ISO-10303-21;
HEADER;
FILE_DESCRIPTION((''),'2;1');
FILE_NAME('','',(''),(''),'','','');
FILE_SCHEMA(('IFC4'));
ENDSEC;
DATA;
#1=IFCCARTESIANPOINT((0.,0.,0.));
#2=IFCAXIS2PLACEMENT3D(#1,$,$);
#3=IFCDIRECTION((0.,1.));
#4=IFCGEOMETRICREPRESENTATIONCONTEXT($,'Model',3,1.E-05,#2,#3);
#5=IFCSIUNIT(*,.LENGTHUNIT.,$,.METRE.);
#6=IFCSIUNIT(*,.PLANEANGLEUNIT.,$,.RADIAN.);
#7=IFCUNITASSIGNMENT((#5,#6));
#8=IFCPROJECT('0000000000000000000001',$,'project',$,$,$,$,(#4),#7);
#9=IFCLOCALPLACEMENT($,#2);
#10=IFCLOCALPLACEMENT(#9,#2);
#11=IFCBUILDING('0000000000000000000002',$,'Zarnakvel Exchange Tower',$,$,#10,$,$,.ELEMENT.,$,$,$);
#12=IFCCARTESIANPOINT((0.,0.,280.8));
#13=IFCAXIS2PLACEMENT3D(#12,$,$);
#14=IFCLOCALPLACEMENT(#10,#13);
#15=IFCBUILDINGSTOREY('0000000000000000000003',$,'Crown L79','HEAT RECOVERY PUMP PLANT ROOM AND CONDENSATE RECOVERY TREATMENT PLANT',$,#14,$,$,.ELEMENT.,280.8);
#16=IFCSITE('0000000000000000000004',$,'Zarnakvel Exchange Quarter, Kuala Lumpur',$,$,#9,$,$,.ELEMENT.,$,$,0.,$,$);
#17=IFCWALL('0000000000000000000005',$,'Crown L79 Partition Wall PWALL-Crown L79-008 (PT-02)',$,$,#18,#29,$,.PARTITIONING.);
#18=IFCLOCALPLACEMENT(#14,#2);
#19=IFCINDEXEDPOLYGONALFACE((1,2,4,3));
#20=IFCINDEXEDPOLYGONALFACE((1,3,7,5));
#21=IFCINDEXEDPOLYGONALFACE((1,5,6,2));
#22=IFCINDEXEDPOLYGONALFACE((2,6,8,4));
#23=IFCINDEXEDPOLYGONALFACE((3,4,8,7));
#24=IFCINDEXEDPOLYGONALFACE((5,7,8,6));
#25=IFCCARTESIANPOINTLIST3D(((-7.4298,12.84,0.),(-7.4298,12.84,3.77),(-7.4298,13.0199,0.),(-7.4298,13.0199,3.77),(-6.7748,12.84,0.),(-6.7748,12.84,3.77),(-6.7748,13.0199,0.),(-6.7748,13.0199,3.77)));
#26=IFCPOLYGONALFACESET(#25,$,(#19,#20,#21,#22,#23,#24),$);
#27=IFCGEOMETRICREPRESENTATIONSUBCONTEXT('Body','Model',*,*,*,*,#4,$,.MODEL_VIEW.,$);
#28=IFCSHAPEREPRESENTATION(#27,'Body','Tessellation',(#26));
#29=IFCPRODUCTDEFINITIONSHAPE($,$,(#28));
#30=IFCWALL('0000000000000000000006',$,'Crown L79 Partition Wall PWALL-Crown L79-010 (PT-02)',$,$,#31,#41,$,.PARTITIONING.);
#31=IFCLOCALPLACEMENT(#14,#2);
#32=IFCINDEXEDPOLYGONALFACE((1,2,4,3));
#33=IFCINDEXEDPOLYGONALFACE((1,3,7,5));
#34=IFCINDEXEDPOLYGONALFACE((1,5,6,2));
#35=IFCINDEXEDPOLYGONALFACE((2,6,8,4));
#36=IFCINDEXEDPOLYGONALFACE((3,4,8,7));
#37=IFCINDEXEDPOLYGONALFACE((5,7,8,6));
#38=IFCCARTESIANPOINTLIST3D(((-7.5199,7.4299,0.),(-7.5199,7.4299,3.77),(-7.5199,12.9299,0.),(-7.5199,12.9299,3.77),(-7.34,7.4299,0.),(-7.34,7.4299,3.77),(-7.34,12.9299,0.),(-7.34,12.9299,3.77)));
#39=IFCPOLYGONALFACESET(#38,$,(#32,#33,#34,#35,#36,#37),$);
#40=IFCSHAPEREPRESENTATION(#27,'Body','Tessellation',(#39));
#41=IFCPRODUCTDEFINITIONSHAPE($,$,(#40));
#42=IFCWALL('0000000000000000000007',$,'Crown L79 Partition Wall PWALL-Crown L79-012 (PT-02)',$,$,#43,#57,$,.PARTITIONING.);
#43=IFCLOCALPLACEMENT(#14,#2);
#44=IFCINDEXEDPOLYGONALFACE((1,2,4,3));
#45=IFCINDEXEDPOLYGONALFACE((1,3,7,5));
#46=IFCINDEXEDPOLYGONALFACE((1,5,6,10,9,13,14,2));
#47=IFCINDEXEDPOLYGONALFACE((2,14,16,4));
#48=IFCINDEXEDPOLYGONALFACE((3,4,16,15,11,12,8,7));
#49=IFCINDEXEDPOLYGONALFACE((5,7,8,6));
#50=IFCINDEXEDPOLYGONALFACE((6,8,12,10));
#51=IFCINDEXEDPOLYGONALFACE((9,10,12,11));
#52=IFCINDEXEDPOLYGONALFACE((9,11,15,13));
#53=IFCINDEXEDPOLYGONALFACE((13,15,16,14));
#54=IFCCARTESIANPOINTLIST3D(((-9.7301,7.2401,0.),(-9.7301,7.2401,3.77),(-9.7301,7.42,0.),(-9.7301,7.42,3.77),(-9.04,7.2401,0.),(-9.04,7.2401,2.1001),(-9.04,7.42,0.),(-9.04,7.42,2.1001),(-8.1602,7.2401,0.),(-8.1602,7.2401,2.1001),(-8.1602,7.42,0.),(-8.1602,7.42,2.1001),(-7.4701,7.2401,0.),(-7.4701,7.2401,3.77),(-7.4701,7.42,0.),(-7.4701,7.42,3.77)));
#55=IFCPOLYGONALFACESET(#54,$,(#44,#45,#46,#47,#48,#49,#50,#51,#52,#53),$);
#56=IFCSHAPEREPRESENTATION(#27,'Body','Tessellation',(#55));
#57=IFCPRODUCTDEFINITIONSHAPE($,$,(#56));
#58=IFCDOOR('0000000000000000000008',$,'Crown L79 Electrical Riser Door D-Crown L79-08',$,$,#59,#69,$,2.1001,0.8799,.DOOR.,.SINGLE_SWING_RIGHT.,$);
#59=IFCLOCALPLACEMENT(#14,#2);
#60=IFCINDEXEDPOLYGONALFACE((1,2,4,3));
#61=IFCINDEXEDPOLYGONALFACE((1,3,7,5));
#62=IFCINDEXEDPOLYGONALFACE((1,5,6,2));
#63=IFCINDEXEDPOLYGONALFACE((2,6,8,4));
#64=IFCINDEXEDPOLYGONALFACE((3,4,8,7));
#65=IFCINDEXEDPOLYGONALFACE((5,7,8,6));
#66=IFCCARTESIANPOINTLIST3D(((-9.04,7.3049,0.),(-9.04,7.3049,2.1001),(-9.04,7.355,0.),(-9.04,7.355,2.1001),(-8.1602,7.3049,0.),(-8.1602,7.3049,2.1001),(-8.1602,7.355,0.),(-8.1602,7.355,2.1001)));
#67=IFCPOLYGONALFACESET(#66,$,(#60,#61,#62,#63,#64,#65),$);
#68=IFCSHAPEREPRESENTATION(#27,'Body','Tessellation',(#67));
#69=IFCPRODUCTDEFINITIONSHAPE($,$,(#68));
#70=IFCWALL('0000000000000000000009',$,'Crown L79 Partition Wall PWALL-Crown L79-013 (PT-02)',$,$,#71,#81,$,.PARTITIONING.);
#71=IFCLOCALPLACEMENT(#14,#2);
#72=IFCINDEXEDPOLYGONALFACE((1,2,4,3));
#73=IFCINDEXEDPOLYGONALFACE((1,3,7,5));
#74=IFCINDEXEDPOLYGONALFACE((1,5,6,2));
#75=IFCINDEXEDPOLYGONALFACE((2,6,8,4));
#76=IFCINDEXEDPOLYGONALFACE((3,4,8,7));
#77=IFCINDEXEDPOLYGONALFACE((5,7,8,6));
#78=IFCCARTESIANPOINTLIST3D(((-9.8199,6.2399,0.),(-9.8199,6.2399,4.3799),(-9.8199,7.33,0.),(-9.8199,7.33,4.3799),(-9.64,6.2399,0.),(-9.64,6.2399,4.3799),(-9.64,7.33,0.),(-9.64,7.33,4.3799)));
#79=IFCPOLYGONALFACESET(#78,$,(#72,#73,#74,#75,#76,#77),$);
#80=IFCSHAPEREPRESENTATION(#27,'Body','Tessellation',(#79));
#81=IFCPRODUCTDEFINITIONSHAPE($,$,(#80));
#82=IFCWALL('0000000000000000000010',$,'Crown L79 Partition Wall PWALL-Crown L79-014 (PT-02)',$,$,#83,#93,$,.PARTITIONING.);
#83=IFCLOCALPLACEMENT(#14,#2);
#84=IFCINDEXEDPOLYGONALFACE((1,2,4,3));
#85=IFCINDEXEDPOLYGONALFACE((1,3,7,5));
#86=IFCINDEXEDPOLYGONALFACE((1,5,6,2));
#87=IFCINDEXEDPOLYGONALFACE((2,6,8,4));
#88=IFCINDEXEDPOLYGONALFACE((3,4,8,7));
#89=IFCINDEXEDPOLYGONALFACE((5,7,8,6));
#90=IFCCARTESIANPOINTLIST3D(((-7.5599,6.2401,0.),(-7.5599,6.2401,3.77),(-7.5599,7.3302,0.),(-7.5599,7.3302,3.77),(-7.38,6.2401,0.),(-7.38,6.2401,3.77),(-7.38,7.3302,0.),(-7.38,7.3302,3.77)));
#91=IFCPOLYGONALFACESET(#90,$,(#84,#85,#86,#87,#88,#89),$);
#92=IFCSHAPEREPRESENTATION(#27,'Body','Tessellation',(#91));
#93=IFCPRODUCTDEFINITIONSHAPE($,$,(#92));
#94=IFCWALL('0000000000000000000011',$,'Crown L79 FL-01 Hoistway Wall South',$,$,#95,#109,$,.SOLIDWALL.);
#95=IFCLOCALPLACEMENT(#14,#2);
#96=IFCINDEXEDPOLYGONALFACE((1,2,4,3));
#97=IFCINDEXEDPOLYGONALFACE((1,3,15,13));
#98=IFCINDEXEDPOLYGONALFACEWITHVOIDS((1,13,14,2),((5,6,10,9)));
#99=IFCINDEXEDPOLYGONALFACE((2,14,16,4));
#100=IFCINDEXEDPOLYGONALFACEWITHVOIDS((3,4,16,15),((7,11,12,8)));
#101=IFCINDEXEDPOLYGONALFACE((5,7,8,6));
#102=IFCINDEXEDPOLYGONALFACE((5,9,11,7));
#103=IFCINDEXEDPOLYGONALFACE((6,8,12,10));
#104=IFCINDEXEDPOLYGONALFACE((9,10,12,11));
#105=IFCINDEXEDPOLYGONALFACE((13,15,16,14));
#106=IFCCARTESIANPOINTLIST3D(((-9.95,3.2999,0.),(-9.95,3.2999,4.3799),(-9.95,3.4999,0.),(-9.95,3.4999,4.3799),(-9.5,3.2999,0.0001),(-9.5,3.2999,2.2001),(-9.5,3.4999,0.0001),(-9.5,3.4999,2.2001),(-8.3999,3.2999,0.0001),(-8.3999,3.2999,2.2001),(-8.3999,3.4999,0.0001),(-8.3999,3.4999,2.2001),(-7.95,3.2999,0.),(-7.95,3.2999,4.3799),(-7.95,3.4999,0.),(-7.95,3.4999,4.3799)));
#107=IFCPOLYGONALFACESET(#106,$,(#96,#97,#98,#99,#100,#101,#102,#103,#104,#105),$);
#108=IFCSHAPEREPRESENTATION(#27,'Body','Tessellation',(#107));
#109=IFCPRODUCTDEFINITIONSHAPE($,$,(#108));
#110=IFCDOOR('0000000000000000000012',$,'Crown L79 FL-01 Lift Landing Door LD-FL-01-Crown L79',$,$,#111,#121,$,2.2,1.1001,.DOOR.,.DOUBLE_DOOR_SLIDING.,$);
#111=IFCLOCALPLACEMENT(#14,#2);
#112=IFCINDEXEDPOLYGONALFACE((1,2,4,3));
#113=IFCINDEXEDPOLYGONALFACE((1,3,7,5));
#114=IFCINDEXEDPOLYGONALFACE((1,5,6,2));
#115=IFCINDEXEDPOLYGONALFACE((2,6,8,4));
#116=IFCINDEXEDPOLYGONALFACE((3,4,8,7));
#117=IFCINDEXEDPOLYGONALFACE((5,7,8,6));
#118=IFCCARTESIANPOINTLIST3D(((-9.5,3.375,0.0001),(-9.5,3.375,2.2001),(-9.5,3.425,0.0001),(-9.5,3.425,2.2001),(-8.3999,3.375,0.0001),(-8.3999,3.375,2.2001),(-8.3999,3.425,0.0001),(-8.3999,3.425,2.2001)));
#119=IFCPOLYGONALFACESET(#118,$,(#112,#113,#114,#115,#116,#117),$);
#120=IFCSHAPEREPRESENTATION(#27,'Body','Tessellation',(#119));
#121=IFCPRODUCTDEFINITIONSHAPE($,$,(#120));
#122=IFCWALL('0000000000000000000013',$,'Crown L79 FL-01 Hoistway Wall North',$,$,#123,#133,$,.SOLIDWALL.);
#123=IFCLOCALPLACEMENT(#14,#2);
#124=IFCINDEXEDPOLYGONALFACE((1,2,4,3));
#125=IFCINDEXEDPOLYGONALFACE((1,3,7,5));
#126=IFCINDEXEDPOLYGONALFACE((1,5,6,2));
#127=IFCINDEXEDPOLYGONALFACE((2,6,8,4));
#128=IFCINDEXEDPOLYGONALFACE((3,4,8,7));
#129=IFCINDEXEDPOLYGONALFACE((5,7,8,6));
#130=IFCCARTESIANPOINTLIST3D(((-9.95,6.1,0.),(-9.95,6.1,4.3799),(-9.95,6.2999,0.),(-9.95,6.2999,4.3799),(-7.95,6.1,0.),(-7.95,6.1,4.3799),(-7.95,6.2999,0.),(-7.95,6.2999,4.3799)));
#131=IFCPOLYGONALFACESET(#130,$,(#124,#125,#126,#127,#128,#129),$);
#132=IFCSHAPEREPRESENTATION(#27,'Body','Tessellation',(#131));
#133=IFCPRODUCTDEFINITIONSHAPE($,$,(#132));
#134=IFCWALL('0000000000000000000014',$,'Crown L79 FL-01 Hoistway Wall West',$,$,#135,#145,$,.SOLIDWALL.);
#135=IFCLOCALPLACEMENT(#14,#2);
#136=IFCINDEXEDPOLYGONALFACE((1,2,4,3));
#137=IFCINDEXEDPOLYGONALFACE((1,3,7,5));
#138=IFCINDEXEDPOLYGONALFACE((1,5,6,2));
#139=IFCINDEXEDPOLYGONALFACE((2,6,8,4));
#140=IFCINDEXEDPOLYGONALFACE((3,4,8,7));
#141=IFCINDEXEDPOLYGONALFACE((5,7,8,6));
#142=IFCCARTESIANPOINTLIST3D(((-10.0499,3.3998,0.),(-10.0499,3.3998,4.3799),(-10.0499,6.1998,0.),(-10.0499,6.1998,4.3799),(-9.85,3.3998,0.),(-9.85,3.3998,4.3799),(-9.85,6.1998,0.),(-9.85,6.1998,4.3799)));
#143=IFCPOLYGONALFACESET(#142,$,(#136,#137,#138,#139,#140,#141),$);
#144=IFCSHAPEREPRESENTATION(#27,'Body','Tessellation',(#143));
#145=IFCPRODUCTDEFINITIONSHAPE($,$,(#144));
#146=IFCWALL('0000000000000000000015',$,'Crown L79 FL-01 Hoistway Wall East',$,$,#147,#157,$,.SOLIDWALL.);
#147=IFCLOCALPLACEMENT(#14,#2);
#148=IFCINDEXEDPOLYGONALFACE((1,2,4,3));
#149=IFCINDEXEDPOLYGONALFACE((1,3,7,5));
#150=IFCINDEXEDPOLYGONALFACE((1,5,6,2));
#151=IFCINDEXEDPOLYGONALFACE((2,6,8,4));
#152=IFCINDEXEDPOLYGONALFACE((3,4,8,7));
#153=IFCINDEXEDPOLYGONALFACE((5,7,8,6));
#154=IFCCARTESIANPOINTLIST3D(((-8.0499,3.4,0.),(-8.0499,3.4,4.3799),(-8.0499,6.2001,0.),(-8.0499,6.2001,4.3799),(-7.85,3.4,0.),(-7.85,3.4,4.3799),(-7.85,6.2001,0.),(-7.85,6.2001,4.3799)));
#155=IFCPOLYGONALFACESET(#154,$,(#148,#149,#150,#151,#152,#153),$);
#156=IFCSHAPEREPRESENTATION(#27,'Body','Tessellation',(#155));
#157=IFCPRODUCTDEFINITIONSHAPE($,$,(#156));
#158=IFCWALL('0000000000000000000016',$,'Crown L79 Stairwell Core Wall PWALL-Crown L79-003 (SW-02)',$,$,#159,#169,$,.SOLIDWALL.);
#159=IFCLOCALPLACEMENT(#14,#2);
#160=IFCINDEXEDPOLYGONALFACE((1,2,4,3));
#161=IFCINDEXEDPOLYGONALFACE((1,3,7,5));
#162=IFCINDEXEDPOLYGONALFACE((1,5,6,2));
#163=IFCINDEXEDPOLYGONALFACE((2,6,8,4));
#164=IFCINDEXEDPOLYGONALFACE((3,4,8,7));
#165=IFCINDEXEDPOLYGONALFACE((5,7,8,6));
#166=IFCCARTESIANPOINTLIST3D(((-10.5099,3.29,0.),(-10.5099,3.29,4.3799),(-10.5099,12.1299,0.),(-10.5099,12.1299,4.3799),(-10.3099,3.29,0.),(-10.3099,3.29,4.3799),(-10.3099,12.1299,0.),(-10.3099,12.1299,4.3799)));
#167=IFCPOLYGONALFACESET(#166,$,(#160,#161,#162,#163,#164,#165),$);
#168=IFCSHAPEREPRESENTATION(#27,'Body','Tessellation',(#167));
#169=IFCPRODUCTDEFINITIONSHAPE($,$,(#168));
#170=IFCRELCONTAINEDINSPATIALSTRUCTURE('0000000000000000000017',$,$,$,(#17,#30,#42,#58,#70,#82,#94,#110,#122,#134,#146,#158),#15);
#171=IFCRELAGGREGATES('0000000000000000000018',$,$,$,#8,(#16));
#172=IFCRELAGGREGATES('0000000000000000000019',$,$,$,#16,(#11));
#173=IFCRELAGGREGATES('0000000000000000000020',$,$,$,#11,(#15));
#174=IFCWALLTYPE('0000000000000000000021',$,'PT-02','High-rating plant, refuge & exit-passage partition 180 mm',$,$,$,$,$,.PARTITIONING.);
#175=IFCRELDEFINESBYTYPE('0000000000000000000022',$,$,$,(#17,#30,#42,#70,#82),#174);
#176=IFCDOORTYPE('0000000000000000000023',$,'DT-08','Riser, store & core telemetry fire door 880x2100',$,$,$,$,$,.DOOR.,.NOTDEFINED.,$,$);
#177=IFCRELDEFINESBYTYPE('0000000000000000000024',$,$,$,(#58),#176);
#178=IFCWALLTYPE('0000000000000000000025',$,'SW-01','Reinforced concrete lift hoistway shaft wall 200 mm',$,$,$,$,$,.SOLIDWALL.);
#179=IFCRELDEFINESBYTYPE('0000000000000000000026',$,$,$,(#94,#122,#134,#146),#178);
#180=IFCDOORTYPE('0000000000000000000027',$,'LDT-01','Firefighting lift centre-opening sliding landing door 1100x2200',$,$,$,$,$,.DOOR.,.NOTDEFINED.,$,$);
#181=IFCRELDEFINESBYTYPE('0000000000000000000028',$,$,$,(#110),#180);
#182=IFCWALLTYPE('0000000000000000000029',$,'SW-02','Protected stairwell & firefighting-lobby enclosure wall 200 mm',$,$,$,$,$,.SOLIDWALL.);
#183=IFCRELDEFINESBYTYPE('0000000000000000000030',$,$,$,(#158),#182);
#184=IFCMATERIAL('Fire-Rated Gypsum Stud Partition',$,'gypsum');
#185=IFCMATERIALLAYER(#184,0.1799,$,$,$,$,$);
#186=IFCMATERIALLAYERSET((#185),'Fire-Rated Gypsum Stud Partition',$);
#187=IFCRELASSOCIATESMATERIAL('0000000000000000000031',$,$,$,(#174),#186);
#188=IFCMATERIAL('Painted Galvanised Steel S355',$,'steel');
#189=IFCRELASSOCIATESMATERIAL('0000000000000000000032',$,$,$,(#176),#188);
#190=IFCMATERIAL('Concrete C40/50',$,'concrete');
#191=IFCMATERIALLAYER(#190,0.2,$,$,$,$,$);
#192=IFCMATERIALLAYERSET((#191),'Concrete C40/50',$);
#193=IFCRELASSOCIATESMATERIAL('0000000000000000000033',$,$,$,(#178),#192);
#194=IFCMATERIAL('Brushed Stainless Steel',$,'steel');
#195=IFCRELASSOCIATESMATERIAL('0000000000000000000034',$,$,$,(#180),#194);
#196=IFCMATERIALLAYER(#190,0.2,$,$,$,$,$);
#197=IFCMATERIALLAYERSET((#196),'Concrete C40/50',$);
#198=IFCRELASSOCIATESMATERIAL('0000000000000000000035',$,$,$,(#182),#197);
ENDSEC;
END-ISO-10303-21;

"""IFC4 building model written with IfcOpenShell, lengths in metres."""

from ifc_helpers import new_model, si_unit, direction, frame, frame_2d, origin, place, context, subcontext, project, spatial, rectangle, extrude, source, transform, mapped, material, layer, layer_set, type_object, element, fill, save


model = new_model("IFC4")

# Units and contexts
model_context = context("Model", 3, precision=1e-05, world=origin(), true_north=direction((0.0, 1.0)))
body_context = subcontext(model_context, "Body", "Model", "MODEL_VIEW")
ifc_project = project(units=[si_unit("LENGTHUNIT", "METRE"), si_unit("PLANEANGLEUNIT", "RADIAN")], contexts=[model_context])

# Site, building, storey
site_placement = place(None, origin())
site = spatial("IfcSite", under=ifc_project, at=site_placement, Name="Zarnakvel Exchange Quarter, Kuala Lumpur", CompositionType="ELEMENT", RefElevation=0.0)
building_placement = place(site_placement, origin())
building = spatial("IfcBuilding", under=site, at=building_placement, Name="Zarnakvel Exchange Tower", CompositionType="ELEMENT")
storey_placement = place(building_placement, frame((0.0, 0.0, 280.8)))
storey = spatial("IfcBuildingStorey", under=building, at=storey_placement, Name="Crown L79", Description="HEAT RECOVERY PUMP PLANT ROOM AND CONDENSATE RECOVERY TREATMENT PLANT", CompositionType="ELEMENT", Elevation=280.8)

# Walls
ifc_material_1 = material(Name="Fire-Rated Gypsum Stud Partition", Category="gypsum")
ifc_layer_1 = layer(ifc_material_1, 0.1799)
ifc_layer_set_1 = layer_set([ifc_layer_1], Name="Fire-Rated Gypsum Stud Partition")
wall_type_1 = type_object("IfcWallType", Name="PT-02", Description="High-rating plant, refuge & exit-passage partition 180 mm", PredefinedType="PARTITIONING", material=ifc_layer_set_1)
wall_1_placement = place(storey_placement, frame((-7.4299, 12.9299, 0.0), z_axis=(0.0, 0.0, 1.0), x_axis=(1.0, 0.0, 0.0)))
element("IfcWall", 1, at=wall_1_placement, inside=storey, type_object=wall_type_1, Name="Crown L79 Partition Wall PWALL-Crown L79-008 (PT-02)", PredefinedType="PARTITIONING", context=body_context, shape_type="SweptSolid", body=[
    extrude(rectangle(XDim=0.655, YDim=0.1799, at=frame_2d((0.3276, 0.0))), origin(), (0.0, 0.0, 1.0), 3.77),
])
wall_2_placement = place(storey_placement, frame((-7.4299, 7.4299, 0.0), z_axis=(0.0, 0.0, 1.0), x_axis=(0.0, 1.0, 0.0)))
element("IfcWall", 2, at=wall_2_placement, inside=storey, type_object=wall_type_1, Name="Crown L79 Partition Wall PWALL-Crown L79-010 (PT-02)", PredefinedType="PARTITIONING", context=body_context, shape_type="SweptSolid", body=[
    extrude(rectangle(XDim=5.5, YDim=0.1799, at=frame_2d((2.75, 0.0))), origin(), (0.0, 0.0, 1.0), 3.77),
])

# Wall, opening, door
wall_3_placement = place(storey_placement, frame((-9.73, 7.3301, 0.0), z_axis=(0.0, 0.0, 1.0), x_axis=(1.0, 0.0, 0.0)))
wall_3 = element("IfcWall", 3, at=wall_3_placement, inside=storey, type_object=wall_type_1, Name="Crown L79 Partition Wall PWALL-Crown L79-012 (PT-02)", PredefinedType="PARTITIONING", context=body_context, shape_type="SweptSolid", body=[
    extrude(rectangle(XDim=2.26, YDim=0.1799, at=frame_2d((1.1299, 0.0))), origin(), (0.0, 0.0, 1.0), 3.77),
])
opening_1_placement = place(wall_3_placement, frame((0.6899, 0.0, 0.0)))
opening_1 = element("IfcOpeningElement", 4, at=opening_1_placement, cuts=wall_3, PredefinedType="OPENING", context=body_context, shape_type="SweptSolid", body=[
    extrude(rectangle(XDim=0.8799, YDim=2.1001, at=frame_2d((0.4399, 1.05))), frame((0.0, 0.0999, 0.0), z_axis=(0.0, -1.0, 0.0), x_axis=(1.0, 0.0, 0.0)), (0.0, 0.0, 1.0), 0.2),
])
ifc_material_2 = material(Name="Painted Galvanised Steel S355", Category="steel")
door_type_1 = type_object("IfcDoorType", Name="DT-08", Description="Riser, store & core telemetry fire door 880x2100", OperationType="NOTDEFINED", PredefinedType="DOOR", material=ifc_material_2)
shared_shape_1 = source(origin(), body_context, "Body", "SweptSolid", [
    extrude(rectangle(XDim=0.8799, YDim=2.1001, at=frame_2d((0.4399, 1.05))), frame((0.0, 0.0249, 0.0), z_axis=(0.0, -1.0, 0.0), x_axis=(1.0, 0.0, 0.0)), (0.0, 0.0, 1.0), 0.05),
])
door_1_placement = place(opening_1_placement, origin())
door_1 = element("IfcDoor", 5, at=door_1_placement, inside=storey, type_object=door_type_1, Name="Crown L79 Electrical Riser Door D-Crown L79-08", OperationType="SINGLE_SWING_RIGHT", OverallHeight=2.1001, OverallWidth=0.8799, PredefinedType="DOOR", context=body_context, shape_type="MappedRepresentation", body=[
    mapped(shared_shape_1, transform((0.0, 0.0, 0.0), x_axis=(1.0, 0.0, 0.0), y_axis=(0.0, 1.0, 0.0), z_axis=(0.0, 0.0, 1.0), scale=1.0)),
])
fill(opening_1, door_1)

# Walls
wall_4_placement = place(storey_placement, frame((-9.73, 6.24, 0.0), z_axis=(0.0, 0.0, 1.0), x_axis=(0.0, 1.0, 0.0)))
element("IfcWall", 6, at=wall_4_placement, inside=storey, type_object=wall_type_1, Name="Crown L79 Partition Wall PWALL-Crown L79-013 (PT-02)", PredefinedType="PARTITIONING", context=body_context, shape_type="SweptSolid", body=[
    extrude(rectangle(XDim=1.0901, YDim=0.1799, at=frame_2d((0.5449, 0.0))), origin(), (0.0, 0.0, 1.0), 4.3799),
])
wall_5_placement = place(storey_placement, frame((-7.47, 7.3301, 0.0), z_axis=(0.0, 0.0, 1.0), x_axis=(0.0, -1.0, 0.0)))
element("IfcWall", 7, at=wall_5_placement, inside=storey, type_object=wall_type_1, Name="Crown L79 Partition Wall PWALL-Crown L79-014 (PT-02)", PredefinedType="PARTITIONING", context=body_context, shape_type="SweptSolid", body=[
    extrude(rectangle(XDim=1.0901, YDim=0.1799, at=frame_2d((0.5449, 0.0))), origin(), (0.0, 0.0, 1.0), 3.77),
])

# Wall, opening, door
ifc_material_3 = material(Name="Concrete C40/50", Category="concrete")
ifc_layer_2 = layer(ifc_material_3, 0.2)
ifc_layer_set_2 = layer_set([ifc_layer_2], Name="Concrete C40/50")
wall_type_2 = type_object("IfcWallType", Name="SW-01", Description="Reinforced concrete lift hoistway shaft wall 200 mm", PredefinedType="SOLIDWALL", material=ifc_layer_set_2)
wall_6_placement = place(storey_placement, frame((-7.95, 3.3999, 0.0), z_axis=(0.0, 0.0, 1.0), x_axis=(-1.0, 0.0, 0.0)))
wall_6 = element("IfcWall", 8, at=wall_6_placement, inside=storey, type_object=wall_type_2, Name="Crown L79 FL-01 Hoistway Wall South", PredefinedType="SOLIDWALL", context=body_context, shape_type="SweptSolid", body=[
    extrude(rectangle(XDim=2.0, YDim=0.2, at=frame_2d((1.0, 0.0))), origin(), (0.0, 0.0, 1.0), 4.3799),
])
opening_2_placement = place(wall_6_placement, frame((0.45, 0.0, 0.0)))
opening_2 = element("IfcOpeningElement", 9, at=opening_2_placement, cuts=wall_6, PredefinedType="OPENING", context=body_context, shape_type="SweptSolid", body=[
    extrude(rectangle(XDim=1.1001, YDim=2.2, at=frame_2d((0.55, 1.1001))), frame((0.0, 0.1099, 0.0), z_axis=(0.0, -1.0, 0.0), x_axis=(1.0, 0.0, 0.0)), (0.0, 0.0, 1.0), 0.22),
])
ifc_material_4 = material(Name="Brushed Stainless Steel", Category="steel")
door_type_2 = type_object("IfcDoorType", Name="LDT-01", Description="Firefighting lift centre-opening sliding landing door 1100x2200", OperationType="NOTDEFINED", PredefinedType="DOOR", material=ifc_material_4)
shared_shape_2 = source(origin(), body_context, "Body", "SweptSolid", [
    extrude(rectangle(XDim=1.1001, YDim=2.2, at=frame_2d((0.55, 1.1001))), frame((0.0, 0.0249, 0.0), z_axis=(0.0, -1.0, 0.0), x_axis=(1.0, 0.0, 0.0)), (0.0, 0.0, 1.0), 0.05),
])
door_2_placement = place(opening_2_placement, origin())
door_2 = element("IfcDoor", 10, at=door_2_placement, inside=storey, type_object=door_type_2, Name="Crown L79 FL-01 Lift Landing Door LD-FL-01-Crown L79", OperationType="DOUBLE_DOOR_SLIDING", OverallHeight=2.2, OverallWidth=1.1001, PredefinedType="DOOR", context=body_context, shape_type="MappedRepresentation", body=[
    mapped(shared_shape_2, transform((0.0, 0.0, 0.0), x_axis=(1.0, 0.0, 0.0), y_axis=(0.0, 1.0, 0.0), z_axis=(0.0, 0.0, 1.0), scale=1.0)),
])
fill(opening_2, door_2)

# Walls
wall_7_placement = place(storey_placement, frame((-9.95, 6.2, 0.0), z_axis=(0.0, 0.0, 1.0), x_axis=(1.0, 0.0, 0.0)))
element("IfcWall", 11, at=wall_7_placement, inside=storey, type_object=wall_type_2, Name="Crown L79 FL-01 Hoistway Wall North", PredefinedType="SOLIDWALL", context=body_context, shape_type="SweptSolid", body=[
    extrude(rectangle(XDim=2.0, YDim=0.2, at=frame_2d((1.0, 0.0))), origin(), (0.0, 0.0, 1.0), 4.3799),
])
for number, where, z_axis, x_axis, name in (
    (12, (-9.95, 3.3999, 0.0), (0.0, 0.0, 1.0), (0.0, 1.0, 0.0), "Crown L79 FL-01 Hoistway Wall West"),
    (13, (-7.95, 6.2, 0.0), (0.0, 0.0, 1.0), (0.0, -1.0, 0.0), "Crown L79 FL-01 Hoistway Wall East"),
):
    element("IfcWall", number, at=place(storey_placement, frame(where, z_axis=z_axis, x_axis=x_axis)), inside=storey, type_object=wall_type_2, Name=name, PredefinedType="SOLIDWALL", context=body_context, shape_type="SweptSolid", body=[
        extrude(rectangle(XDim=2.8, YDim=0.2, at=frame_2d((1.3999, 0.0))), origin(), (0.0, 0.0, 1.0), 4.3799),
    ])

# Shared definitions
ifc_layer_3 = layer(ifc_material_3, 0.2)
ifc_layer_set_3 = layer_set([ifc_layer_3], Name="Concrete C40/50")
wall_type_3 = type_object("IfcWallType", Name="SW-02", Description="Protected stairwell & firefighting-lobby enclosure wall 200 mm", PredefinedType="SOLIDWALL", material=ifc_layer_set_3)

# Wall
wall_8_placement = place(storey_placement, frame((-10.4099, 12.1299, 0.0), z_axis=(0.0, 0.0, 1.0), x_axis=(0.0, -1.0, 0.0)))
element("IfcWall", 14, at=wall_8_placement, inside=storey, type_object=wall_type_3, Name="Crown L79 Stairwell Core Wall PWALL-Crown L79-003 (SW-02)", PredefinedType="SOLIDWALL", context=body_context, shape_type="SweptSolid", body=[
    extrude(rectangle(XDim=8.8398, YDim=0.2, at=frame_2d((4.4199, 0.0))), origin(), (0.0, 0.0, 1.0), 4.3799),
])

save(model, "model.ifc")
